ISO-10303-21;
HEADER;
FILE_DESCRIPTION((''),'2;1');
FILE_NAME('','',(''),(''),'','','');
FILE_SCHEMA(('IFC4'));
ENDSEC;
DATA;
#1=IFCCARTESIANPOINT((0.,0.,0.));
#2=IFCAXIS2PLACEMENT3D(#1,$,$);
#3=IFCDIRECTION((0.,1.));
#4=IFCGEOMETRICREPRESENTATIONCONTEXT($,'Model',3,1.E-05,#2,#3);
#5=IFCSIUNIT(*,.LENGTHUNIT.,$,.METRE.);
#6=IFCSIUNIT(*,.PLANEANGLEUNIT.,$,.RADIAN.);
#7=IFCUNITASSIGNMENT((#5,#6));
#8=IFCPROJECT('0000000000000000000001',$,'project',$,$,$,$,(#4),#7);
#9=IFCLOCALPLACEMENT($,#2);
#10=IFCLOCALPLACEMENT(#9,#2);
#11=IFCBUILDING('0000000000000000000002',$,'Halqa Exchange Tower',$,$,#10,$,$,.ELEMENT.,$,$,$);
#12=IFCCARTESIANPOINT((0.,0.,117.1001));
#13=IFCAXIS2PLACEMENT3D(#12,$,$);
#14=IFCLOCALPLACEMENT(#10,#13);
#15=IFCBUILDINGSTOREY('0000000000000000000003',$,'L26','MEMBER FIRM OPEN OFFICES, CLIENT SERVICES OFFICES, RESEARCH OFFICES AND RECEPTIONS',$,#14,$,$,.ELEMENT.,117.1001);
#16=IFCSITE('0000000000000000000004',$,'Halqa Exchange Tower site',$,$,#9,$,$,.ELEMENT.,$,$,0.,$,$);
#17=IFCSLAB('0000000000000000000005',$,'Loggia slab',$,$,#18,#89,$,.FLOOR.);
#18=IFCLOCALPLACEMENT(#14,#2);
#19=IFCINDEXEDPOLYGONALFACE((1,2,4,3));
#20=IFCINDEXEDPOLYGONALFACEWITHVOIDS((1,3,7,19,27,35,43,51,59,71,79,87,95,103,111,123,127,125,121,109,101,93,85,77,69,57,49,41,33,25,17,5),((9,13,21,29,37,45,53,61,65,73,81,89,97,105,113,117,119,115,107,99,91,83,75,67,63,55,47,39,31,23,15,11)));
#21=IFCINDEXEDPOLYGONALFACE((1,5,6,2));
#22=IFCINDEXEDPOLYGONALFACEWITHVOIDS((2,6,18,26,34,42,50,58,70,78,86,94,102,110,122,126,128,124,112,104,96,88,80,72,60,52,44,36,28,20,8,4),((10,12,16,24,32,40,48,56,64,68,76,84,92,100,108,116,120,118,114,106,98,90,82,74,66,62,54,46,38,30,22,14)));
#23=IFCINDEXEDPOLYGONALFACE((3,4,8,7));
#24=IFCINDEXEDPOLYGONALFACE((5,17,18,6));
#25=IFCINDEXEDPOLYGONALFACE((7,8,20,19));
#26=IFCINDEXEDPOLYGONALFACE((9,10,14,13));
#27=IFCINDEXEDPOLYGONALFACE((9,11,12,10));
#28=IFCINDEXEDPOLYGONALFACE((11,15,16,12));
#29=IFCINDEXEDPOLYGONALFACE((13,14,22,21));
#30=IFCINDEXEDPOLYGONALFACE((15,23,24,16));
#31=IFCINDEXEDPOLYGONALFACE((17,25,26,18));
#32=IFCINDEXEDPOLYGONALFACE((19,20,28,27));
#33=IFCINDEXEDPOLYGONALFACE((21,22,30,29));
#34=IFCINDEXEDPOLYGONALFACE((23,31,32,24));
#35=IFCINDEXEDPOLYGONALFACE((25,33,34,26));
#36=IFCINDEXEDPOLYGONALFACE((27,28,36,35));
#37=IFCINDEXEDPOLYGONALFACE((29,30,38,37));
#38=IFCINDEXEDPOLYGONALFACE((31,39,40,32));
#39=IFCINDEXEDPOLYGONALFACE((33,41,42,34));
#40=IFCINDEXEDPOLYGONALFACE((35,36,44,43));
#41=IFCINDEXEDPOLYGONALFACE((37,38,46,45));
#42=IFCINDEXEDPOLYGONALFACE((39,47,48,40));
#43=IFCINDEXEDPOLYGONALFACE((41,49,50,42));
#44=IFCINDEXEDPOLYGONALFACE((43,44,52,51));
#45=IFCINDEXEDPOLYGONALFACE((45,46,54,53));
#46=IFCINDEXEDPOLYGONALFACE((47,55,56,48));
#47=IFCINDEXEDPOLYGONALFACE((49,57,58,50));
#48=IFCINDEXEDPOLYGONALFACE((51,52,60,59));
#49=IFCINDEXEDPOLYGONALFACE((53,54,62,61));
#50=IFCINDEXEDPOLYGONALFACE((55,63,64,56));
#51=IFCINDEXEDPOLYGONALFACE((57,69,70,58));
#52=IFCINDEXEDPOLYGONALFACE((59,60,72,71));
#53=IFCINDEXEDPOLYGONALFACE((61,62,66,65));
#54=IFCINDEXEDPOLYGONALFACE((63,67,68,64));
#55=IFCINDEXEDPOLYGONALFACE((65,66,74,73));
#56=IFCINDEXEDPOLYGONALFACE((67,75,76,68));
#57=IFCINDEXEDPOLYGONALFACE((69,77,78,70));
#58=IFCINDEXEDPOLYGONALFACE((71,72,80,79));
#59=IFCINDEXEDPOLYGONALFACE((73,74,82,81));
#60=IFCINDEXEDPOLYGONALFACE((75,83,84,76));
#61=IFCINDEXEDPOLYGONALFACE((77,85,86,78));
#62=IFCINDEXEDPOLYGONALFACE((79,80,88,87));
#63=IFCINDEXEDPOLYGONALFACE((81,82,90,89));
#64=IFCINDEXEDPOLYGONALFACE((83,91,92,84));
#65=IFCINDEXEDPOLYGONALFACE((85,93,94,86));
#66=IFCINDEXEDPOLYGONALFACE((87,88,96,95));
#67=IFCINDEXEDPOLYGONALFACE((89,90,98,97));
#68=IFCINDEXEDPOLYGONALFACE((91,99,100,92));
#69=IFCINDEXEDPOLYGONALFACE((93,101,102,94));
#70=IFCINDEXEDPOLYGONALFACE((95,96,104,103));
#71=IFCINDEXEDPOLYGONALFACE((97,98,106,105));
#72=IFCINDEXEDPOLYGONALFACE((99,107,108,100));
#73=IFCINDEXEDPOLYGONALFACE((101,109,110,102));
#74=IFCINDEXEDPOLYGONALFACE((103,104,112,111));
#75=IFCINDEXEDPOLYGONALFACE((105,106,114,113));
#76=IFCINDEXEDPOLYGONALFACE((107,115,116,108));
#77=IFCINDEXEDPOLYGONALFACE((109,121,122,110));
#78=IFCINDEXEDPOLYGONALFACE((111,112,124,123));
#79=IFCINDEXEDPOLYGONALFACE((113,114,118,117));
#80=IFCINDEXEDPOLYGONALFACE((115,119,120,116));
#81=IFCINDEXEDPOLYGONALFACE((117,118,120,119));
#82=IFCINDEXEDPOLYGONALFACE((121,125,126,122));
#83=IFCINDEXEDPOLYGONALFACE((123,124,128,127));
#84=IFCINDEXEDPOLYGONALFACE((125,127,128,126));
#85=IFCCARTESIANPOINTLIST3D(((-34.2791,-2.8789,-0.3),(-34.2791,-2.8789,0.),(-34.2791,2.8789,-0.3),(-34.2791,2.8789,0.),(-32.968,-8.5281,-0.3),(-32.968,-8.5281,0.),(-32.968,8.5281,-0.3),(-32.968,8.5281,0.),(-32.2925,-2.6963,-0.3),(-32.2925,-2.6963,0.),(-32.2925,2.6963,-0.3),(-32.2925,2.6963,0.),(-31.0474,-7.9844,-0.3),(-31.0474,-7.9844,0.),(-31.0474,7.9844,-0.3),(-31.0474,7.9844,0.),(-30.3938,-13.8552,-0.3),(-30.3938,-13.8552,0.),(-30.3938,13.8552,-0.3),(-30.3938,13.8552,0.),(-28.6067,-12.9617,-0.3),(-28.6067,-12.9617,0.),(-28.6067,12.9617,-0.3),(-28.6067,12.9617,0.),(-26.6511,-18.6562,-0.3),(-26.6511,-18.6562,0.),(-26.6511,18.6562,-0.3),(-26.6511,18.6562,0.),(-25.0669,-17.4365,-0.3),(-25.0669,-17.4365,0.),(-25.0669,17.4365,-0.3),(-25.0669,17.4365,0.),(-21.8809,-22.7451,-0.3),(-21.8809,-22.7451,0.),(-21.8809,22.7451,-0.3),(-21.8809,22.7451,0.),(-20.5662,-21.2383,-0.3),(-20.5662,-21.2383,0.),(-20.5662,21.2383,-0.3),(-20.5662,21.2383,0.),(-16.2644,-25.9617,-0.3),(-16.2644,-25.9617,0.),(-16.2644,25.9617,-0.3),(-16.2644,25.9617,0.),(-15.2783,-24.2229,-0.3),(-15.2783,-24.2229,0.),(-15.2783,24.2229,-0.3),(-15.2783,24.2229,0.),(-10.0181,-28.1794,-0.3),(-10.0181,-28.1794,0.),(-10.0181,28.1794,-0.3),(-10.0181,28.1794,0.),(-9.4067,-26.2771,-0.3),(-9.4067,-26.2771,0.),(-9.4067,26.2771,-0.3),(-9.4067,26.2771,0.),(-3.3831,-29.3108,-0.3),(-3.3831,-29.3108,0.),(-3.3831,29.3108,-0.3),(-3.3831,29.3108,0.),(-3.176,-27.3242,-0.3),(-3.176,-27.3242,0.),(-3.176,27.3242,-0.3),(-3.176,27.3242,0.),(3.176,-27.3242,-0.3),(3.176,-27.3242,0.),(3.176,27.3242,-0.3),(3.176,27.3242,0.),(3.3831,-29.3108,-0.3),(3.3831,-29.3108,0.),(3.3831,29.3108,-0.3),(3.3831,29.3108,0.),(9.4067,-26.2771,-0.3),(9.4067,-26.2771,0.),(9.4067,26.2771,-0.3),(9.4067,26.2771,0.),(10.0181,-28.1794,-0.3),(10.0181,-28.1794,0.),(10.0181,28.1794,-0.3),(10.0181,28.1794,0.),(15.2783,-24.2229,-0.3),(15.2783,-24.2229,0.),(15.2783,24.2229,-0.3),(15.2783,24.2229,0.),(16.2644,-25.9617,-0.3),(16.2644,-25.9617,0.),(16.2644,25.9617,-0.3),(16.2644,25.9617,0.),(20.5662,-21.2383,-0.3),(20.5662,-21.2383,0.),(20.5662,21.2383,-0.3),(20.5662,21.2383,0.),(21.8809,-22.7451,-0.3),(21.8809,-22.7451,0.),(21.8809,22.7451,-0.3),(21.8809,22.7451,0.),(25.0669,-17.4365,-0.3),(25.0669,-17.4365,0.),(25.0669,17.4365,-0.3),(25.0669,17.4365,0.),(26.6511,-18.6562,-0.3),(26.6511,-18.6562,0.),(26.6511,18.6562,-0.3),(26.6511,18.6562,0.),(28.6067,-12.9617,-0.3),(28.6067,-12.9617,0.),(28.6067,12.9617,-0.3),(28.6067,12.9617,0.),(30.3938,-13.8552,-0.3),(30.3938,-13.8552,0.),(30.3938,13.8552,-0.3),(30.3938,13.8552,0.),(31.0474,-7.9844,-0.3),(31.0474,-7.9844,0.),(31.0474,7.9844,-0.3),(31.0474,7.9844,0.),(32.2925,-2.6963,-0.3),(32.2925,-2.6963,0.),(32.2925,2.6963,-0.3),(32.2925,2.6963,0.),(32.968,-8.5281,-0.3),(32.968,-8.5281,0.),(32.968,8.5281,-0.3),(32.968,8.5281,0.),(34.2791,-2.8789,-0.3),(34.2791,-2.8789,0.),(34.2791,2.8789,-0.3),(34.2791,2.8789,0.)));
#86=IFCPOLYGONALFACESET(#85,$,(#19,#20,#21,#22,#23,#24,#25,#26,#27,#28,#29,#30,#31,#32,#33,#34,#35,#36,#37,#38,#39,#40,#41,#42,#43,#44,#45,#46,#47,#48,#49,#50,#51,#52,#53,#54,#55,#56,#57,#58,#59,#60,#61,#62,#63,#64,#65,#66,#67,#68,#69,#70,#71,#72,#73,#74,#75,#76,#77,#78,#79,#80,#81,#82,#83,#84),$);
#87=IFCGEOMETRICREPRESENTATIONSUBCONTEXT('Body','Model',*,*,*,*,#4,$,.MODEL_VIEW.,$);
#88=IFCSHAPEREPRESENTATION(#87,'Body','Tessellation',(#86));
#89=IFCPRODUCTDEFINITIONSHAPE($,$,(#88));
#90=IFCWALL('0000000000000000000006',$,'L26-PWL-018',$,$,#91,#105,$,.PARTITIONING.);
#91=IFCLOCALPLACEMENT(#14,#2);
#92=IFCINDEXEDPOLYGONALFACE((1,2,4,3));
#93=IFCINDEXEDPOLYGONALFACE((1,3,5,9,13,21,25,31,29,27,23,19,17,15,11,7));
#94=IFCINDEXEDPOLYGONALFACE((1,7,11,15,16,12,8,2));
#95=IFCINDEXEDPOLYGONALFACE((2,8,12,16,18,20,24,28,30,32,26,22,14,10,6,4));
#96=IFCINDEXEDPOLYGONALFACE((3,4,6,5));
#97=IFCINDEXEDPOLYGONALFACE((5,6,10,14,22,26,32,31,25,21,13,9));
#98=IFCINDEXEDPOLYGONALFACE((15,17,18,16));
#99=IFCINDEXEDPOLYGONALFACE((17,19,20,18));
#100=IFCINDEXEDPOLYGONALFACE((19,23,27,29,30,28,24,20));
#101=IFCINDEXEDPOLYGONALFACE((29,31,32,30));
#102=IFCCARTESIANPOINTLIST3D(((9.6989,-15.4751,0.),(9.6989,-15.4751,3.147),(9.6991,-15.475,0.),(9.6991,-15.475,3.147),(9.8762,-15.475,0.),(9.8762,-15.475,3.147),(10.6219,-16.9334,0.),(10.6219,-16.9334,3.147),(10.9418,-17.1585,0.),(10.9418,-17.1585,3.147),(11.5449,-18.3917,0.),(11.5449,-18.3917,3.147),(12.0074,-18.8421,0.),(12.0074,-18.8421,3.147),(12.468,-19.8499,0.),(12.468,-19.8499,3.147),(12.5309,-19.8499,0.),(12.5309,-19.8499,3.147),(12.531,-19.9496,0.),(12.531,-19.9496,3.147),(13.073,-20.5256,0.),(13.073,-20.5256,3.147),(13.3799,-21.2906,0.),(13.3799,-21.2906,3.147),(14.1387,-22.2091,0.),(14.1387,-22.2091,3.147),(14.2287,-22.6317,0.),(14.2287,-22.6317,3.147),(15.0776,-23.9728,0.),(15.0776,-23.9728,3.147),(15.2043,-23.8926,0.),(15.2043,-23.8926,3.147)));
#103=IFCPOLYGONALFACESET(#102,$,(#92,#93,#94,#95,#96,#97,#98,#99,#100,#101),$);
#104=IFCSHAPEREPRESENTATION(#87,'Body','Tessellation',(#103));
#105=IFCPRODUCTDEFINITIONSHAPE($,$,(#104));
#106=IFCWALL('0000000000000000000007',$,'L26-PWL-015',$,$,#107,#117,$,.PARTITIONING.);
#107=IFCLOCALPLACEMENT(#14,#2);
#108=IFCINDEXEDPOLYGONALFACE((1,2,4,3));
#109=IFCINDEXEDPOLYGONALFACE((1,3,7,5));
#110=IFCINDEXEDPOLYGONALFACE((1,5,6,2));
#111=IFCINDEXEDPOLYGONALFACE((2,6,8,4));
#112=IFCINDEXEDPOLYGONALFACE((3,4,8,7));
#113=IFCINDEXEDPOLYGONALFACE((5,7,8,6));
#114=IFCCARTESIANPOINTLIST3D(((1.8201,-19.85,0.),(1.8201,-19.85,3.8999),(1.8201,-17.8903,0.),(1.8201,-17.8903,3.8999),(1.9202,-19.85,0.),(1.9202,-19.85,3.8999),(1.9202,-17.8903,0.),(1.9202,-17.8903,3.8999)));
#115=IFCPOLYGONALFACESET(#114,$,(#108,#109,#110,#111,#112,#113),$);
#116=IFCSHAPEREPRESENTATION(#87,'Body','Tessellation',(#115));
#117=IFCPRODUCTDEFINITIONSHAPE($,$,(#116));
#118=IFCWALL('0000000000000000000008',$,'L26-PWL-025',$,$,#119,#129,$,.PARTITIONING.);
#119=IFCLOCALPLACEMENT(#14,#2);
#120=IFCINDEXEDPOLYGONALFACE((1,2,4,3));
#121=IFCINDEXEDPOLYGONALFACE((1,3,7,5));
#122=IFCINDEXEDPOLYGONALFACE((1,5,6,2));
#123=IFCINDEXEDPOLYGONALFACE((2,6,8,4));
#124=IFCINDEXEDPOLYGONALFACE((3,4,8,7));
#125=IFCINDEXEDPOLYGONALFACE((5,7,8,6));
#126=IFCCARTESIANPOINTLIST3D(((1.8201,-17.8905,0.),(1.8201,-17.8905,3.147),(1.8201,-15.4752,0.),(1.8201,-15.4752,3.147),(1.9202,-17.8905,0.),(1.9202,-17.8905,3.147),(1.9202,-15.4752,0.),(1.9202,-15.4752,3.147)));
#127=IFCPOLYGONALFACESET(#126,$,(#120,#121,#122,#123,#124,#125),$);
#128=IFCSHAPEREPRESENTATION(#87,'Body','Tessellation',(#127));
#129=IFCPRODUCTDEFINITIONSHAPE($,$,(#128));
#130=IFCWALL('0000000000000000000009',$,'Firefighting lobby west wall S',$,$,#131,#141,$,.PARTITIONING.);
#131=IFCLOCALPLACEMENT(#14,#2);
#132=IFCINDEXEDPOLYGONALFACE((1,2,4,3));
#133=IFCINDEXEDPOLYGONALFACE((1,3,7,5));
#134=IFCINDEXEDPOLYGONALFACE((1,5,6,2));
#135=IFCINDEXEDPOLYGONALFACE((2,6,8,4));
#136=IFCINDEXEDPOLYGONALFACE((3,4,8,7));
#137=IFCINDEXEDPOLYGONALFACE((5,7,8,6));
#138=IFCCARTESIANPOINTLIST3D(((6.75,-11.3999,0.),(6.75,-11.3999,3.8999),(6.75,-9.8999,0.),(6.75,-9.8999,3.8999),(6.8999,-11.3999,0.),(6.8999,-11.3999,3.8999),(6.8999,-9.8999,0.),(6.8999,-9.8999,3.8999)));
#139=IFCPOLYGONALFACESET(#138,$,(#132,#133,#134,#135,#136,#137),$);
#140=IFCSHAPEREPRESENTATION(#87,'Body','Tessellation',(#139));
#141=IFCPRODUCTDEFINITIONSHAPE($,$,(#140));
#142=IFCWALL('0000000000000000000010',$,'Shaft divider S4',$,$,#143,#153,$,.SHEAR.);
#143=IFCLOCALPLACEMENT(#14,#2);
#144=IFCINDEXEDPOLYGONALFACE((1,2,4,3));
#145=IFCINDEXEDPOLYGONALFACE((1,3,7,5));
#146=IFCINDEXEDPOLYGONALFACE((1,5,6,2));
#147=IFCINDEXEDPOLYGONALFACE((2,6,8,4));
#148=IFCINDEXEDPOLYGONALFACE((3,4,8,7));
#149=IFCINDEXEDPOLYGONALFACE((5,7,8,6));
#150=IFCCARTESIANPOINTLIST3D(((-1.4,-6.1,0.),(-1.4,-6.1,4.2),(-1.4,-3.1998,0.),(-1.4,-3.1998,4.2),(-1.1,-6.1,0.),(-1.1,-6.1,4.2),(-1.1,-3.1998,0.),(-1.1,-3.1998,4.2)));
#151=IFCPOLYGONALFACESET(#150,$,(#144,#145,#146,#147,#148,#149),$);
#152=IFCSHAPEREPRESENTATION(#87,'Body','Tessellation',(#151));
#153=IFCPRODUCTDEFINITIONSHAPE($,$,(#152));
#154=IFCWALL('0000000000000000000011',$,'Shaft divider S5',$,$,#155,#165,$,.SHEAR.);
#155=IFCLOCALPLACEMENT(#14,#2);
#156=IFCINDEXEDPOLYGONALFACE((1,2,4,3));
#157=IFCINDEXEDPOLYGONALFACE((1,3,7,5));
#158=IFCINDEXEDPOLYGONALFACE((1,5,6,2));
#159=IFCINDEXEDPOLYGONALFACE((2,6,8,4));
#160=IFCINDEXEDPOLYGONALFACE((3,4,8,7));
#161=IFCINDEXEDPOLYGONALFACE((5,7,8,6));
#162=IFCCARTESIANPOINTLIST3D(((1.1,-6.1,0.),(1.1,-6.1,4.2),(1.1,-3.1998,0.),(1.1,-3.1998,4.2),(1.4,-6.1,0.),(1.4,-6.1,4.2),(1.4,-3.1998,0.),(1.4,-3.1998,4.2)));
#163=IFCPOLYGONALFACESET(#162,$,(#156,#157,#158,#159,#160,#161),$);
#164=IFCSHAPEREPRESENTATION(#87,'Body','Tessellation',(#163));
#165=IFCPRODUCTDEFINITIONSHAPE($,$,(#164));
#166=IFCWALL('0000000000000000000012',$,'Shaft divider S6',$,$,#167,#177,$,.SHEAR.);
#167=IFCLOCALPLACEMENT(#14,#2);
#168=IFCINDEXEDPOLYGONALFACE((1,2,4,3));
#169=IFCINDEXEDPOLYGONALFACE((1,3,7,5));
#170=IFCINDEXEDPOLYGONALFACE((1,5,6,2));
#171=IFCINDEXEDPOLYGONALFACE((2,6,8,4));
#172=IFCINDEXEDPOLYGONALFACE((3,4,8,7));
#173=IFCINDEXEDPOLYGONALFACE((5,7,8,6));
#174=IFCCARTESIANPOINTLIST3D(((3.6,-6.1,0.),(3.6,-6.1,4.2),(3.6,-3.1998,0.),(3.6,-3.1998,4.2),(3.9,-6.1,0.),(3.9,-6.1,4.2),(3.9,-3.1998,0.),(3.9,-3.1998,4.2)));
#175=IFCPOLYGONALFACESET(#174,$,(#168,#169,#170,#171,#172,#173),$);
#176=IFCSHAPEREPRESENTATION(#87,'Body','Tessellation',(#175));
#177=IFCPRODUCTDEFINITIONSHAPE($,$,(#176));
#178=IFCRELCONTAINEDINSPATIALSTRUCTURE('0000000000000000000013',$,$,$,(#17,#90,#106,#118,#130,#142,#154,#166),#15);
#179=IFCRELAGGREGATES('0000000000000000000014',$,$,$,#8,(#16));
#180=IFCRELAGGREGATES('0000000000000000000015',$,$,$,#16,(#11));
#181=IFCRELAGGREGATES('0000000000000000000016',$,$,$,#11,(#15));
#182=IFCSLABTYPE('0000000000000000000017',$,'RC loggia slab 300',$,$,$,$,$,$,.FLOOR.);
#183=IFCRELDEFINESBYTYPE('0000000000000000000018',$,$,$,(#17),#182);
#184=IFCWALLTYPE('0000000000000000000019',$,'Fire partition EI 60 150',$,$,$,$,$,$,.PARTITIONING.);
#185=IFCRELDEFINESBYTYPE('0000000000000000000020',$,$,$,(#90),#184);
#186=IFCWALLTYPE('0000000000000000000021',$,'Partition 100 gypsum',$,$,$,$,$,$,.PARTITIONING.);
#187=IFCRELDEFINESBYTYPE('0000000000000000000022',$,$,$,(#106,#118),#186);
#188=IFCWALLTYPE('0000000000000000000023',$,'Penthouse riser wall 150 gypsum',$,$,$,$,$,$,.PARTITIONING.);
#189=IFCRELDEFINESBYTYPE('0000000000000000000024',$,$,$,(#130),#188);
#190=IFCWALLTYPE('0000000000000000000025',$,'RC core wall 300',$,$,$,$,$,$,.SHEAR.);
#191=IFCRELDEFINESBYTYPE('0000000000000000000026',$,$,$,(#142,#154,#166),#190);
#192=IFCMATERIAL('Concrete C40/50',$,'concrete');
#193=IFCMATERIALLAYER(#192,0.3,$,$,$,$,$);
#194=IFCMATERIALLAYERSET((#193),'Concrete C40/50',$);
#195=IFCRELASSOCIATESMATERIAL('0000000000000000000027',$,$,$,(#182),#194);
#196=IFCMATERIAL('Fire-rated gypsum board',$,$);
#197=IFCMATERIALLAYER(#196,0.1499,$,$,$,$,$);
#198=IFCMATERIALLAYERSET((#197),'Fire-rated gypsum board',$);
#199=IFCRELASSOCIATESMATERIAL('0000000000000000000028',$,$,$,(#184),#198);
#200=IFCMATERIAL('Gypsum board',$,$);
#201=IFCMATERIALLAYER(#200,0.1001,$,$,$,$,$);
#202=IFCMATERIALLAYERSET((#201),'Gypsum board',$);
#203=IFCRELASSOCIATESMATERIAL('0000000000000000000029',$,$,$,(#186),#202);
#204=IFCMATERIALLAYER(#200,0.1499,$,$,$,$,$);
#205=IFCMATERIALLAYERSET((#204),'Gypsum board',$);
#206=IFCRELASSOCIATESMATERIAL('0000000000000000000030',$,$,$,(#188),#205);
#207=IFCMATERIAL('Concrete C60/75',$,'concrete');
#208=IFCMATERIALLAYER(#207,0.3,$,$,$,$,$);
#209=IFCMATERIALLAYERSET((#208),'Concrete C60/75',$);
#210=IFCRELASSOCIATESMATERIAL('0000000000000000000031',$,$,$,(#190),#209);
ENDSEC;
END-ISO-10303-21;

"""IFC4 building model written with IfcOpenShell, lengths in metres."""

from ifc_helpers import new_model, si_unit, direction, frame, frame_2d, origin, place, context, subcontext, project, spatial, polyline, rectangle, outline, extrude, material, layer, layer_set, type_object, element, save


model = new_model("IFC4")

# Units and contexts
model_context = context("Model", 3, precision=1e-05, world=origin(), true_north=direction((0.0, 1.0)))
body_context = subcontext(model_context, "Body", "Model", "MODEL_VIEW")
ifc_project = project(units=[si_unit("LENGTHUNIT", "METRE"), si_unit("PLANEANGLEUNIT", "RADIAN")], contexts=[model_context])

# Site, building, storey
site_placement = place(None, origin())
site = spatial("IfcSite", under=ifc_project, at=site_placement, Name="Halqa Exchange Tower site", CompositionType="ELEMENT", RefElevation=0.0)
building_placement = place(site_placement, origin())
building = spatial("IfcBuilding", under=site, at=building_placement, Name="Halqa Exchange Tower", CompositionType="ELEMENT")
storey_placement = place(building_placement, frame((0.0, 0.0, 117.1001)))
storey = spatial("IfcBuildingStorey", under=building, at=storey_placement, Name="L26", Description="MEMBER FIRM OPEN OFFICES, CLIENT SERVICES OFFICES, RESEARCH OFFICES AND RECEPTIONS", CompositionType="ELEMENT", Elevation=117.1001)

# Shared definitions
ifc_material_1 = material(Name="Concrete C60/75", Category="concrete")

# Slab
ifc_material_2 = material(Name="Concrete C40/50", Category="concrete")
ifc_layer_1 = layer(ifc_material_2, 0.3)
ifc_layer_set_1 = layer_set([ifc_layer_1], Name="Concrete C40/50")
slab_type_1 = type_object("IfcSlabType", Name="RC loggia slab 300", PredefinedType="FLOOR", material=ifc_layer_set_1)
slab_1_placement = place(storey_placement, frame((0.0, 0.0, -0.3)))
element("IfcSlab", 1, at=slab_1_placement, inside=storey, type_object=slab_type_1, Name="Loggia slab", PredefinedType="FLOOR", context=body_context, shape_type="SweptSolid", body=[
    extrude(outline(polyline([(34.2791, 2.8789), (34.2791, -2.8789), (32.968, -8.5281), (30.3938, -13.8552), (26.6511, -18.6562), (21.8809, -22.7451), (16.2644, -25.9617), (10.0181, -28.1794), (3.3831, -29.3108), (-3.3831, -29.3108), (-10.0181, -28.1794), (-16.2644, -25.9617), (-21.8809, -22.7451), (-26.6511, -18.6562), (-30.3938, -13.8552), (-32.968, -8.5281), (-34.2791, -2.8789), (-34.2791, 2.8789), (-32.968, 8.5281), (-30.3938, 13.8552), (-26.6511, 18.6562), (-21.8809, 22.7451), (-16.2644, 25.9617), (-10.0181, 28.1794), (-3.3831, 29.3108), (3.3831, 29.3108), (10.0181, 28.1794), (16.2644, 25.9617), (21.8809, 22.7451), (26.6511, 18.6562), (30.3938, 13.8552), (32.968, 8.5281), (34.2791, 2.8789)]), holes=[polyline([(32.2925, 2.6963), (31.0474, 7.9844), (28.6067, 12.9617), (25.0669, 17.4365), (20.5662, 21.2383), (15.2783, 24.2229), (9.4067, 26.2771), (3.176, 27.3242), (-3.176, 27.3242), (-9.4067, 26.2771), (-15.2783, 24.2229), (-20.5662, 21.2383), (-25.0669, 17.4365), (-28.6067, 12.9617), (-31.0474, 7.9844), (-32.2925, 2.6963), (-32.2925, -2.6963), (-31.0474, -7.9844), (-28.6067, -12.9617), (-25.0669, -17.4365), (-20.5662, -21.2383), (-15.2783, -24.2229), (-9.4067, -26.2771), (-3.176, -27.3242), (3.176, -27.3242), (9.4067, -26.2771), (15.2783, -24.2229), (20.5662, -21.2383), (25.0669, -17.4365), (28.6067, -12.9617), (31.0474, -7.9844), (32.2925, -2.6963), (32.2925, 2.6963)])]), origin(), (0.0, 0.0, 1.0), 0.3),
])

# Walls
ifc_material_3 = material(Name="Fire-rated gypsum board")
ifc_layer_2 = layer(ifc_material_3, 0.1499)
ifc_layer_set_2 = layer_set([ifc_layer_2], Name="Fire-rated gypsum board")
wall_type_1 = type_object("IfcWallType", Name="Fire partition EI 60 150", PredefinedType="PARTITIONING", material=ifc_layer_set_2)
wall_1_placement = place(storey_placement, frame((9.7622, -15.4351, 0.0), z_axis=(0.0, 0.0, 1.0), x_axis=(0.53483, -0.84496, 0.0)))
element("IfcWall", 2, at=wall_1_placement, inside=storey, type_object=wall_type_1, Name="L26-PWL-018", PredefinedType="PARTITIONING", context=body_context, shape_type="SweptSolid", body=[
    extrude(outline(polyline([(0.0, -0.075), (1.7258, -0.075), (3.4517, -0.075), (5.1775, -0.075), (5.2112, -0.0217), (5.2954, -0.075), (6.8826, -0.075), (8.4697, -0.075), (10.0569, -0.075), (10.0569, 0.075), (8.0645, 0.075), (6.072, 0.075), (4.0796, 0.075), (2.0872, 0.075), (0.0947, 0.075), (0.0, -0.0747), (0.0, -0.075)])), origin(), (0.0, 0.0, 1.0), 3.147),
])
ifc_material_4 = material(Name="Gypsum board")
ifc_layer_3 = layer(ifc_material_4, 0.1001)
ifc_layer_set_3 = layer_set([ifc_layer_3], Name="Gypsum board")
wall_type_2 = type_object("IfcWallType", Name="Partition 100 gypsum", PredefinedType="PARTITIONING", material=ifc_layer_set_3)
wall_2_placement = place(storey_placement, frame((1.8701, -19.8501, 0.0), z_axis=(0.0, 0.0, 1.0), x_axis=(0.0, 1.0, 0.0)))
element("IfcWall", 3, at=wall_2_placement, inside=storey, type_object=wall_type_2, Name="L26-PWL-015", PredefinedType="PARTITIONING", context=body_context, shape_type="SweptSolid", body=[
    extrude(rectangle(XDim=1.9597, YDim=0.1001, at=frame_2d((0.98, 0.0))), origin(), (0.0, 0.0, 1.0), 3.8999),
])
wall_3_placement = place(storey_placement, frame((1.8701, -17.8904, 0.0), z_axis=(0.0, 0.0, 1.0), x_axis=(0.0, 1.0, 0.0)))
element("IfcWall", 4, at=wall_3_placement, inside=storey, type_object=wall_type_2, Name="L26-PWL-025", PredefinedType="PARTITIONING", context=body_context, shape_type="SweptSolid", body=[
    extrude(rectangle(XDim=2.4153, YDim=0.1001, at=frame_2d((1.2075, 0.0))), origin(), (0.0, 0.0, 1.0), 3.147),
])
ifc_layer_4 = layer(ifc_material_4, 0.1499)
ifc_layer_set_4 = layer_set([ifc_layer_4], Name="Gypsum board")
wall_type_3 = type_object("IfcWallType", Name="Penthouse riser wall 150 gypsum", PredefinedType="PARTITIONING", material=ifc_layer_set_4)
wall_4_placement = place(storey_placement, frame((6.825, -11.3999, 0.0), z_axis=(0.0, 0.0, 1.0), x_axis=(0.0, 1.0, 0.0)))
element("IfcWall", 5, at=wall_4_placement, inside=storey, type_object=wall_type_3, Name="Firefighting lobby west wall S", PredefinedType="PARTITIONING", context=body_context, shape_type="SweptSolid", body=[
    extrude(rectangle(XDim=1.5, YDim=0.1499, at=frame_2d((0.75, 0.0))), origin(), (0.0, 0.0, 1.0), 3.8999),
])
ifc_layer_5 = layer(ifc_material_1, 0.3)
ifc_layer_set_5 = layer_set([ifc_layer_5], Name="Concrete C60/75")
wall_type_4 = type_object("IfcWallType", Name="RC core wall 300", PredefinedType="SHEAR", material=ifc_layer_set_5)
for number, where, z_axis, x_axis, name in (
    (6, (-1.25, -6.1001, 0.0), (0.0, 0.0, 1.0), (0.0, 1.0, 0.0), "Shaft divider S4"),
    (7, (1.25, -6.1001, 0.0), (0.0, 0.0, 1.0), (0.0, 1.0, 0.0), "Shaft divider S5"),
    (8, (3.75, -6.1001, 0.0), (0.0, 0.0, 1.0), (0.0, 1.0, 0.0), "Shaft divider S6"),
):
    element("IfcWall", number, at=place(storey_placement, frame(where, z_axis=z_axis, x_axis=x_axis)), inside=storey, type_object=wall_type_4, Name=name, PredefinedType="SHEAR", context=body_context, shape_type="SweptSolid", body=[
        extrude(rectangle(XDim=2.9001, YDim=0.3, at=frame_2d((1.4502, 0.0))), origin(), (0.0, 0.0, 1.0), 4.2),
    ])

save(model, "model.ifc")
